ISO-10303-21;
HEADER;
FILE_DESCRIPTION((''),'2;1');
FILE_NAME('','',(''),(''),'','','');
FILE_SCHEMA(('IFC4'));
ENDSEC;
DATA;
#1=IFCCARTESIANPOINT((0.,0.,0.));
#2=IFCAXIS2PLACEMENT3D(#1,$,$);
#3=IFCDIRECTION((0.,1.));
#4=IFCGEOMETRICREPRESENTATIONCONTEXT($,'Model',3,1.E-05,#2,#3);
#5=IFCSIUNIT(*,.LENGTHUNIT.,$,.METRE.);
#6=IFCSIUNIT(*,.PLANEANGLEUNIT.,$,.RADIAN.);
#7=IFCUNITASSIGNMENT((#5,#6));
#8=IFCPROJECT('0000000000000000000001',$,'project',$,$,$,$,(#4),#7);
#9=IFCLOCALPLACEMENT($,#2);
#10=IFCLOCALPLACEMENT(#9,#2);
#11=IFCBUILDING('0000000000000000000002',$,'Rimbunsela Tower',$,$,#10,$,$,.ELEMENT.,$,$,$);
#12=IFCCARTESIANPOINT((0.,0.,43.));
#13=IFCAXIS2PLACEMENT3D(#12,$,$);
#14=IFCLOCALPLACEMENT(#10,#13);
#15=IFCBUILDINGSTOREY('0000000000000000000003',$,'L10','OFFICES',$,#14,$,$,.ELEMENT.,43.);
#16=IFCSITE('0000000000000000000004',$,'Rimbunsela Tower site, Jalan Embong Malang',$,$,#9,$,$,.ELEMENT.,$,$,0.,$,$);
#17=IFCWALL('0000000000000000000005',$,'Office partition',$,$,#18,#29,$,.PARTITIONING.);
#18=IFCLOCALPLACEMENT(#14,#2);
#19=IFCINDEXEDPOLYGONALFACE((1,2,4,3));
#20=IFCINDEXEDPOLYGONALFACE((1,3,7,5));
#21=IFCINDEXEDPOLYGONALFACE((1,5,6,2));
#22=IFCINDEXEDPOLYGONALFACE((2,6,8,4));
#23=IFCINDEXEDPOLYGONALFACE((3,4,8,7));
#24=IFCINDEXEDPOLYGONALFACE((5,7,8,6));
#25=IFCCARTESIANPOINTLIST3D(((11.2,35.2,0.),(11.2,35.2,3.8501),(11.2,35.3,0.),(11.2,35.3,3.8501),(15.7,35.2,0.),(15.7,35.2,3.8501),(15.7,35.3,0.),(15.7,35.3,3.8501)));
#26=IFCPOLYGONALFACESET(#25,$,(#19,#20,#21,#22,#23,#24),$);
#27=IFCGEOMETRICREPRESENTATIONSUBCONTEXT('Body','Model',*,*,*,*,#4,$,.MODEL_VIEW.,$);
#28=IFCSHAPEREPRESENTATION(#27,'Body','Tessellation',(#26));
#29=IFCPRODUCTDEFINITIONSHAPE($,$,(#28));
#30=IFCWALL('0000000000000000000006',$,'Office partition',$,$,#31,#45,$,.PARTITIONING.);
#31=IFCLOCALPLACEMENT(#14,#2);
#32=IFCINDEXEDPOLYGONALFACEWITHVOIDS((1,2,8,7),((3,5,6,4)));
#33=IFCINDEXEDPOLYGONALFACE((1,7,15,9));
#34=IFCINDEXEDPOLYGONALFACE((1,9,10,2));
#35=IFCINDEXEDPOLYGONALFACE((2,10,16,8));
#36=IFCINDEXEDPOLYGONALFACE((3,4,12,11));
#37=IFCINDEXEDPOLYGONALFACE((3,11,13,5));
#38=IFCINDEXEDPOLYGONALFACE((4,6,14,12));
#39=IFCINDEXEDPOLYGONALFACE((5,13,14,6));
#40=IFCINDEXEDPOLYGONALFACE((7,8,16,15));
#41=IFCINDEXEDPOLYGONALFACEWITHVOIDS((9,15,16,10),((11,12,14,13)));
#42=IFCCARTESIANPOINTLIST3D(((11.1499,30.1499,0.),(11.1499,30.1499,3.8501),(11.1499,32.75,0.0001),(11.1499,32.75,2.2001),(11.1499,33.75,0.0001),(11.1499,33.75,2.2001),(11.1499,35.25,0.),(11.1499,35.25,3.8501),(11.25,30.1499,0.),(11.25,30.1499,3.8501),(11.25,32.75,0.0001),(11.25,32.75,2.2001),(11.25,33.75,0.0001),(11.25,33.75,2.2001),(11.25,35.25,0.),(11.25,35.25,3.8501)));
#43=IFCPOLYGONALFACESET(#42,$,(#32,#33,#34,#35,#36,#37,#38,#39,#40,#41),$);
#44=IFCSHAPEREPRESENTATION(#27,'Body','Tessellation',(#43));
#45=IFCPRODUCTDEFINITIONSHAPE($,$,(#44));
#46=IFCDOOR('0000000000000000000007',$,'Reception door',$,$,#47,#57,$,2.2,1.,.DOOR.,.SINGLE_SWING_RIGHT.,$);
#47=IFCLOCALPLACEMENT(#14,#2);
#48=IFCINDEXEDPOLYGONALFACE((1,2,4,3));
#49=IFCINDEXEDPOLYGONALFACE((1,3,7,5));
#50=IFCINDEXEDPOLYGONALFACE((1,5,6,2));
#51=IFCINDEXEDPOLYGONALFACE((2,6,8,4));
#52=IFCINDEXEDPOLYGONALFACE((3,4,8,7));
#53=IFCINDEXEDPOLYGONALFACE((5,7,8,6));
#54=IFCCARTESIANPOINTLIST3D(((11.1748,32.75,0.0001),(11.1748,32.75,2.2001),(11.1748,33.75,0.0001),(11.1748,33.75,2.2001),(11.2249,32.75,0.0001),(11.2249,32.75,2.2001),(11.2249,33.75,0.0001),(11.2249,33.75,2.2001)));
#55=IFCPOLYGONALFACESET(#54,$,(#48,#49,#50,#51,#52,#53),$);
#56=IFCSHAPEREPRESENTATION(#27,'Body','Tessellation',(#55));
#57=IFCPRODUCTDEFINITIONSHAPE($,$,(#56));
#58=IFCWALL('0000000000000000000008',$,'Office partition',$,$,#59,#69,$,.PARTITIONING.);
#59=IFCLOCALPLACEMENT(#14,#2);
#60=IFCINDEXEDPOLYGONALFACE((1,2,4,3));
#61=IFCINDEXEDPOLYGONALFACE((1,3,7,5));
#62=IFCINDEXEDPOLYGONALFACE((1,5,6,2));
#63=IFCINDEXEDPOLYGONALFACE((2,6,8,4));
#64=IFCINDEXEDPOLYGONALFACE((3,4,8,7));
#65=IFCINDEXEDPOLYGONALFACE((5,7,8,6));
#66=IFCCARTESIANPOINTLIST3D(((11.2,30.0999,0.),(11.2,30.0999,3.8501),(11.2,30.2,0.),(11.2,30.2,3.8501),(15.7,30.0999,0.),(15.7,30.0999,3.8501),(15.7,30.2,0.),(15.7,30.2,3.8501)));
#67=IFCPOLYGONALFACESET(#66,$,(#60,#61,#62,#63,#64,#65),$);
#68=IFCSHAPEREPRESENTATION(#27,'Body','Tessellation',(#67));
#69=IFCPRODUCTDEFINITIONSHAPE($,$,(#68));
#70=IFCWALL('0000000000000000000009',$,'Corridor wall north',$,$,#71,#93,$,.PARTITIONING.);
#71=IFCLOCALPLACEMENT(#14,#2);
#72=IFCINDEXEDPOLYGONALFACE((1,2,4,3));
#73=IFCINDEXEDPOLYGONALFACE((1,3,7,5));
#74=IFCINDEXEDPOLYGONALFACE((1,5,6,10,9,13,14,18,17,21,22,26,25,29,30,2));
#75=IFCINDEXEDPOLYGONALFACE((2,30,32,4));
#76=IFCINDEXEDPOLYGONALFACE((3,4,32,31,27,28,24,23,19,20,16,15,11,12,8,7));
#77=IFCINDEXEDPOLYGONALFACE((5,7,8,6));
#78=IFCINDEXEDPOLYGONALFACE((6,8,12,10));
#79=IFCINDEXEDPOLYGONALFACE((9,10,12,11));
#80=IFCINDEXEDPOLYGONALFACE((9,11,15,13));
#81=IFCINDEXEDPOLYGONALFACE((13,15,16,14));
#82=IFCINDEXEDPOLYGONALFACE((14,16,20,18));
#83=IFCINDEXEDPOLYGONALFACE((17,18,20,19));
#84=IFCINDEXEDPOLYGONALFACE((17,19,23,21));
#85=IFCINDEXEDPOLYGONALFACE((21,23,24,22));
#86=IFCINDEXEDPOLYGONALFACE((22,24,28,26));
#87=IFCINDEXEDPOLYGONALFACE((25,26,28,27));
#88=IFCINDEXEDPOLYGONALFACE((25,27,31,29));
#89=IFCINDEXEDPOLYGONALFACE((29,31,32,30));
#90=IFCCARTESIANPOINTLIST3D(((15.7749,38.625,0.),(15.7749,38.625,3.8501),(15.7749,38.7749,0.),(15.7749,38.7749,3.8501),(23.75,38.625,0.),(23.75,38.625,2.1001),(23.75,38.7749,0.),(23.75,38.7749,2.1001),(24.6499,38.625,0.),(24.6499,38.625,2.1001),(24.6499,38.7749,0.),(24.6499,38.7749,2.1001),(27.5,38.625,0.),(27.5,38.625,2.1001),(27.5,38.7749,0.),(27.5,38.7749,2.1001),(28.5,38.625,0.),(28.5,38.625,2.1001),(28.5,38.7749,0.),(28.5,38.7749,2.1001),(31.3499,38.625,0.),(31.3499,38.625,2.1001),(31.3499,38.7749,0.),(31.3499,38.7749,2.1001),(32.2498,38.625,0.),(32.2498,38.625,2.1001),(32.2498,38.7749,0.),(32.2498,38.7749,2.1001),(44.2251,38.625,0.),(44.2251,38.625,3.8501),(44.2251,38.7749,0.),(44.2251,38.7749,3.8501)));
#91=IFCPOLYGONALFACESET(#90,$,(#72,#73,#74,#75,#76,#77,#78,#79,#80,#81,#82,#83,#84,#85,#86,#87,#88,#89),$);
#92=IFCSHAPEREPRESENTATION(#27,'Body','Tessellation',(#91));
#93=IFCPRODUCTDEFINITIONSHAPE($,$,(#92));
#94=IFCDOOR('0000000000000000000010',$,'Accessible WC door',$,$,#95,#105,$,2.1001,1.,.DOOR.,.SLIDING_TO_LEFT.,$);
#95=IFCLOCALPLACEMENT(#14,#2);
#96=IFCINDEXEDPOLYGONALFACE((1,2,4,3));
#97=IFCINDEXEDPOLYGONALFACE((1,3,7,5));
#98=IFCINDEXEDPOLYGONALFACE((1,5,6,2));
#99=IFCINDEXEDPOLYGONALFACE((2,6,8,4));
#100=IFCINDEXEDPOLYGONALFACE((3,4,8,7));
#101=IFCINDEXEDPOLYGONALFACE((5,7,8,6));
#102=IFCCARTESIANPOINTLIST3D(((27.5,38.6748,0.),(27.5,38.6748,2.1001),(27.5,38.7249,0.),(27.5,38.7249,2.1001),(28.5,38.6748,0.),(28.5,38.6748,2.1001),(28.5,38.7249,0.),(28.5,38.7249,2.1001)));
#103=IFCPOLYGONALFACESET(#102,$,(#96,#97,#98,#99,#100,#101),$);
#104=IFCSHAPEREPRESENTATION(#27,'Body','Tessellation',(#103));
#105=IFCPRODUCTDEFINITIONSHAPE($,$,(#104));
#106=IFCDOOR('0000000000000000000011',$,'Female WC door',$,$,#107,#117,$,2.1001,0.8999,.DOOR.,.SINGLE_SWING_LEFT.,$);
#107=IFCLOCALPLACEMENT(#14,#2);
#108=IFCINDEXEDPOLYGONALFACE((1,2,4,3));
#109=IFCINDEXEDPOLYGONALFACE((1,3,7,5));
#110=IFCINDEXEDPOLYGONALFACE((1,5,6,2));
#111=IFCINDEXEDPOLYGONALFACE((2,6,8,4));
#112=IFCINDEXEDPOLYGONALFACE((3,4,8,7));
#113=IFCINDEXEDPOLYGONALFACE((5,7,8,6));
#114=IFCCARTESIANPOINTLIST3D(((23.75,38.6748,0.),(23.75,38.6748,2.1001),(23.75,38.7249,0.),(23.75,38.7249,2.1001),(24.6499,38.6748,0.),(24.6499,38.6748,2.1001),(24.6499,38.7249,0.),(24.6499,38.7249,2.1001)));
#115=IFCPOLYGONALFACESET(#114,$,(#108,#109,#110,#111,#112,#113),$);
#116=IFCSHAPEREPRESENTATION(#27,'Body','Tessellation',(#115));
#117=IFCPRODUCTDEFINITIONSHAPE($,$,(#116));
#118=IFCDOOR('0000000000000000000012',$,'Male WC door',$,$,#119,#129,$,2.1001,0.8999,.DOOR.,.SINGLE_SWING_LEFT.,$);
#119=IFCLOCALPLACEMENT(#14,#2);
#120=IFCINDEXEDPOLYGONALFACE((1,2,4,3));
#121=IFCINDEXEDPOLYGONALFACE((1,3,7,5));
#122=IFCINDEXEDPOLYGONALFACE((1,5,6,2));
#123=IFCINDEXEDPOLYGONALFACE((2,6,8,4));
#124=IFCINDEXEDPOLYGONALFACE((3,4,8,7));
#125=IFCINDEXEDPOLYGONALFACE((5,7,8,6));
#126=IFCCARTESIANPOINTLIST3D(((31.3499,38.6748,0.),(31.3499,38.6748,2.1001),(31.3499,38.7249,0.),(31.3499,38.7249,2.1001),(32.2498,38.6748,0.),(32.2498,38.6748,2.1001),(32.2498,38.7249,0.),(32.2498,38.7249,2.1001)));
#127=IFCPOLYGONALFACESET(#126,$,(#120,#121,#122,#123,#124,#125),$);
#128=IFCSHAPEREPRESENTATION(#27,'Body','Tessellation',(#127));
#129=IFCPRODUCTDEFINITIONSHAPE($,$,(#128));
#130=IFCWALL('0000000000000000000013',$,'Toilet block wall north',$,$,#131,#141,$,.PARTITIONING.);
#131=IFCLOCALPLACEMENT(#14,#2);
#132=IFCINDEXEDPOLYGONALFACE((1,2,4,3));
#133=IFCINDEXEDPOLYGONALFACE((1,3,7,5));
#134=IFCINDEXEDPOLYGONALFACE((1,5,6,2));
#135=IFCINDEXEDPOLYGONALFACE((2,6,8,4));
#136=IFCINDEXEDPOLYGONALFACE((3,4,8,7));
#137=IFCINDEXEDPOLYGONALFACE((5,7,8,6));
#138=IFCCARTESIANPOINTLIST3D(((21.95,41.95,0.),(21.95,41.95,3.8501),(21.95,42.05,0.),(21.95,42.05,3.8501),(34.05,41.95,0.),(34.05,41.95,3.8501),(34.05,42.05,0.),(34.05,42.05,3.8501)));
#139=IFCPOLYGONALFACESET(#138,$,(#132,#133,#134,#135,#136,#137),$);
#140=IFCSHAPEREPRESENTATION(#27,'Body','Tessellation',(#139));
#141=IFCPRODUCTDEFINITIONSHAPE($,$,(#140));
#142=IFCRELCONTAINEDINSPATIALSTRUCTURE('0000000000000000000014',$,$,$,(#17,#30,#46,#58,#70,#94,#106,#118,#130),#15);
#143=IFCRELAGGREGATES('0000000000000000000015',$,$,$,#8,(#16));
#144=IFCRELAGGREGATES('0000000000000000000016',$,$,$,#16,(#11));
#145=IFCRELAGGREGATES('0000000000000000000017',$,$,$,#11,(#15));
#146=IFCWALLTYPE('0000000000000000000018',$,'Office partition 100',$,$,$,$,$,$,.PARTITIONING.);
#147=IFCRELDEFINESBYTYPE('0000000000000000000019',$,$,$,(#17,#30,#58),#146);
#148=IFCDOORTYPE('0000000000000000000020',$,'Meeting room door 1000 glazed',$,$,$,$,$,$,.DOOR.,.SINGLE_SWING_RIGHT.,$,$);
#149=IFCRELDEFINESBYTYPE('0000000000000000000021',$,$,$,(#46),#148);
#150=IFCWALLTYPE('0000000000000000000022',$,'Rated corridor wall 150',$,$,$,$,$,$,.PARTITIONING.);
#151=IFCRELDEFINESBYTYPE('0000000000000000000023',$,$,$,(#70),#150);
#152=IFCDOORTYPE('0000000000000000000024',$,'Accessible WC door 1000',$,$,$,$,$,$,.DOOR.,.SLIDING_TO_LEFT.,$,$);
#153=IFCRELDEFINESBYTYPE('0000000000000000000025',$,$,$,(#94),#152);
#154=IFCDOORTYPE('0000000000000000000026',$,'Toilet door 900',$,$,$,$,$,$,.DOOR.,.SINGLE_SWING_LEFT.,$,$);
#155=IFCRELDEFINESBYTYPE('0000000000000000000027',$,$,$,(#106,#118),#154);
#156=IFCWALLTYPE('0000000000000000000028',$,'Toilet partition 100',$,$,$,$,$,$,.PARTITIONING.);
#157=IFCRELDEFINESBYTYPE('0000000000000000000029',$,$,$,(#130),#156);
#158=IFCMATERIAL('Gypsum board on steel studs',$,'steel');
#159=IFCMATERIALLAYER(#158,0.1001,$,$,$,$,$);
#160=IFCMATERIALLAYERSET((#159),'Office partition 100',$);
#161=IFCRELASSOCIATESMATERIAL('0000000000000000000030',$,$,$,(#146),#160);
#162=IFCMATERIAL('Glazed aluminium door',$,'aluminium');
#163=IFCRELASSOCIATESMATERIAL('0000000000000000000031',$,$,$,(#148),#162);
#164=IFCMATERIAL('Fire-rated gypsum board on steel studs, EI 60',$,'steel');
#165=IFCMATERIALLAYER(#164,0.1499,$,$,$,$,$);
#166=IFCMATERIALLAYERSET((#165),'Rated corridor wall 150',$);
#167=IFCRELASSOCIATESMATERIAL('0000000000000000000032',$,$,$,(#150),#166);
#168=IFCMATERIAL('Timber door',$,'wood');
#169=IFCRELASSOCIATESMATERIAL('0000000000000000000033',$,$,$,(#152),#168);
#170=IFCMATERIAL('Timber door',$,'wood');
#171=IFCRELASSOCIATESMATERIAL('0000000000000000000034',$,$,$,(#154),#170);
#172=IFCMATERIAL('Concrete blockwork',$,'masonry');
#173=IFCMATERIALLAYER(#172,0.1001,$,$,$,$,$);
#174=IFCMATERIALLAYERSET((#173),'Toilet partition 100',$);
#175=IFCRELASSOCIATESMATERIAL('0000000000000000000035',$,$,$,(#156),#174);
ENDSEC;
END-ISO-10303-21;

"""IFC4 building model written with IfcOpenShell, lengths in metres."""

from ifc_helpers import new_model, si_unit, direction, frame, frame_2d, origin, place, context, subcontext, project, spatial, rectangle, extrude, material, layer, layer_set, type_object, element, fill, save


model = new_model("IFC4")

# Units and contexts
model_context = context("Model", 3, precision=1e-05, world=origin(), true_north=direction((0.0, 1.0)))
body_context = subcontext(model_context, "Body", "Model", "MODEL_VIEW")
ifc_project = project(units=[si_unit("LENGTHUNIT", "METRE"), si_unit("PLANEANGLEUNIT", "RADIAN")], contexts=[model_context])

# Site, building, storey
site_placement = place(None, origin())
site = spatial("IfcSite", under=ifc_project, at=site_placement, Name="Rimbunsela Tower site, Jalan Embong Malang", CompositionType="ELEMENT", RefElevation=0.0)
building_placement = place(site_placement, origin())
building = spatial("IfcBuilding", under=site, at=building_placement, Name="Rimbunsela Tower", CompositionType="ELEMENT")
storey_placement = place(building_placement, frame((0.0, 0.0, 43.0)))
storey = spatial("IfcBuildingStorey", under=building, at=storey_placement, Name="L10", Description="OFFICES", CompositionType="ELEMENT", Elevation=43.0)

# Shared definitions
ifc_material_1 = material(Name="Gypsum board on steel studs", Category="steel")
ifc_layer_1 = layer(ifc_material_1, 0.1001)
ifc_layer_set_1 = layer_set([ifc_layer_1], Name="Office partition 100")
wall_type_1 = type_object("IfcWallType", Name="Office partition 100", PredefinedType="PARTITIONING", material=ifc_layer_set_1)

# Wall
wall_1_placement = place(storey_placement, frame((15.7, 35.25, 0.0), z_axis=(0.0, 0.0, 1.0), x_axis=(-1.0, 0.0, 0.0)))
element("IfcWall", 1, at=wall_1_placement, inside=storey, type_object=wall_type_1, Name="Office partition", PredefinedType="PARTITIONING", context=body_context, shape_type="SweptSolid", body=[
    extrude(rectangle(XDim=4.5, YDim=0.1001, at=frame_2d((2.25, 0.0))), origin(), (0.0, 0.0, 1.0), 3.8501),
])

# Wall, opening, door
wall_2_placement = place(storey_placement, frame((11.2, 35.25, 0.0), z_axis=(0.0, 0.0, 1.0), x_axis=(0.0, -1.0, 0.0)))
wall_2 = element("IfcWall", 2, at=wall_2_placement, inside=storey, type_object=wall_type_1, Name="Office partition", PredefinedType="PARTITIONING", context=body_context, shape_type="SweptSolid", body=[
    extrude(rectangle(XDim=5.1001, YDim=0.1001, at=frame_2d((2.55, 0.0))), origin(), (0.0, 0.0, 1.0), 3.8501),
])
opening_1_placement = place(wall_2_placement, frame((1.5, 0.0, 0.0)))
opening_1 = element("IfcOpeningElement", 3, at=opening_1_placement, cuts=wall_2, PredefinedType="OPENING", context=body_context, shape_type="SweptSolid", body=[
    extrude(rectangle(XDim=1.0, YDim=2.2, at=frame_2d((0.5, 1.1001))), frame((0.0, 0.0601, 0.0), z_axis=(0.0, -1.0, 0.0), x_axis=(1.0, 0.0, 0.0)), (0.0, 0.0, 1.0), 0.1201),
])
ifc_material_2 = material(Name="Glazed aluminium door", Category="aluminium")
door_type_1 = type_object("IfcDoorType", Name="Meeting room door 1000 glazed", OperationType="SINGLE_SWING_RIGHT", PredefinedType="DOOR", material=ifc_material_2)
door_1_placement = place(opening_1_placement, origin())
door_1 = element("IfcDoor", 4, at=door_1_placement, inside=storey, type_object=door_type_1, Name="Reception door", OperationType="SINGLE_SWING_RIGHT", OverallHeight=2.2, OverallWidth=1.0, PredefinedType="DOOR", context=body_context, shape_type="SweptSolid", body=[
    extrude(rectangle(XDim=1.0, YDim=2.2, at=frame_2d((0.5, 1.1001))), frame((0.0, 0.0249, 0.0), z_axis=(0.0, -1.0, 0.0), x_axis=(1.0, 0.0, 0.0)), (0.0, 0.0, 1.0), 0.05),
])
fill(opening_1, door_1)

# Wall
wall_3_placement = place(storey_placement, frame((11.2, 30.1499, 0.0), z_axis=(0.0, 0.0, 1.0), x_axis=(1.0, 0.0, 0.0)))
element("IfcWall", 5, at=wall_3_placement, inside=storey, type_object=wall_type_1, Name="Office partition", PredefinedType="PARTITIONING", context=body_context, shape_type="SweptSolid", body=[
    extrude(rectangle(XDim=4.5, YDim=0.1001, at=frame_2d((2.25, 0.0))), origin(), (0.0, 0.0, 1.0), 3.8501),
])

# Wall, openings, doors
ifc_material_3 = material(Name="Fire-rated gypsum board on steel studs, EI 60", Category="steel")
ifc_layer_2 = layer(ifc_material_3, 0.1499)
ifc_layer_set_2 = layer_set([ifc_layer_2], Name="Rated corridor wall 150")
wall_type_2 = type_object("IfcWallType", Name="Rated corridor wall 150", PredefinedType="PARTITIONING", material=ifc_layer_set_2)
wall_4_placement = place(storey_placement, frame((15.7749, 38.7, 0.0), z_axis=(0.0, 0.0, 1.0), x_axis=(1.0, 0.0, 0.0)))
wall_4 = element("IfcWall", 6, at=wall_4_placement, inside=storey, type_object=wall_type_2, Name="Corridor wall north", PredefinedType="PARTITIONING", context=body_context, shape_type="SweptSolid", body=[
    extrude(rectangle(XDim=28.4502, YDim=0.1499, at=frame_2d((14.2251, 0.0))), origin(), (0.0, 0.0, 1.0), 3.8501),
])
opening_2_placement = place(wall_4_placement, frame((7.9751, 0.0, 0.0)))
opening_2 = element("IfcOpeningElement", 7, at=opening_2_placement, cuts=wall_4, PredefinedType="OPENING", context=body_context, shape_type="SweptSolid", body=[
    extrude(rectangle(XDim=0.8999, YDim=2.1001, at=frame_2d((0.45, 1.05))), frame((0.0, 0.085, 0.0), z_axis=(0.0, -1.0, 0.0), x_axis=(1.0, 0.0, 0.0)), (0.0, 0.0, 1.0), 0.1699),
])
opening_3_placement = place(wall_4_placement, frame((11.7251, 0.0, 0.0)))
opening_3 = element("IfcOpeningElement", 8, at=opening_3_placement, cuts=wall_4, PredefinedType="OPENING", context=body_context, shape_type="SweptSolid", body=[
    extrude(rectangle(XDim=1.0, YDim=2.1001, at=frame_2d((0.5, 1.05))), frame((0.0, 0.085, 0.0), z_axis=(0.0, -1.0, 0.0), x_axis=(1.0, 0.0, 0.0)), (0.0, 0.0, 1.0), 0.1699),
])
opening_4_placement = place(wall_4_placement, frame((15.575, 0.0, 0.0)))
opening_4 = element("IfcOpeningElement", 9, at=opening_4_placement, cuts=wall_4, PredefinedType="OPENING", context=body_context, shape_type="SweptSolid", body=[
    extrude(rectangle(XDim=0.8999, YDim=2.1001, at=frame_2d((0.45, 1.05))), frame((0.0, 0.085, 0.0), z_axis=(0.0, -1.0, 0.0), x_axis=(1.0, 0.0, 0.0)), (0.0, 0.0, 1.0), 0.1699),
])
ifc_material_4 = material(Name="Timber door", Category="wood")
door_type_2 = type_object("IfcDoorType", Name="Accessible WC door 1000", OperationType="SLIDING_TO_LEFT", PredefinedType="DOOR", material=ifc_material_4)
door_2_placement = place(opening_3_placement, origin())
door_2 = element("IfcDoor", 10, at=door_2_placement, inside=storey, type_object=door_type_2, Name="Accessible WC door", OperationType="SLIDING_TO_LEFT", OverallHeight=2.1001, OverallWidth=1.0, PredefinedType="DOOR", context=body_context, shape_type="SweptSolid", body=[
    extrude(rectangle(XDim=1.0, YDim=2.1001, at=frame_2d((0.5, 1.05))), frame((0.0, 0.0249, 0.0), z_axis=(0.0, -1.0, 0.0), x_axis=(1.0, 0.0, 0.0)), (0.0, 0.0, 1.0), 0.05),
])
fill(opening_3, door_2)
ifc_material_5 = material(Name="Timber door", Category="wood")
door_type_3 = type_object("IfcDoorType", Name="Toilet door 900", OperationType="SINGLE_SWING_LEFT", PredefinedType="DOOR", material=ifc_material_5)
door_3_placement = place(opening_2_placement, origin())
door_3 = element("IfcDoor", 11, at=door_3_placement, inside=storey, type_object=door_type_3, Name="Female WC door", OperationType="SINGLE_SWING_LEFT", OverallHeight=2.1001, OverallWidth=0.8999, PredefinedType="DOOR", context=body_context, shape_type="SweptSolid", body=[
    extrude(rectangle(XDim=0.8999, YDim=2.1001, at=frame_2d((0.45, 1.05))), frame((0.0, 0.0249, 0.0), z_axis=(0.0, -1.0, 0.0), x_axis=(1.0, 0.0, 0.0)), (0.0, 0.0, 1.0), 0.05),
])
fill(opening_2, door_3)
door_4_placement = place(opening_4_placement, origin())
door_4 = element("IfcDoor", 12, at=door_4_placement, inside=storey, type_object=door_type_3, Name="Male WC door", OperationType="SINGLE_SWING_LEFT", OverallHeight=2.1001, OverallWidth=0.8999, PredefinedType="DOOR", context=body_context, shape_type="SweptSolid", body=[
    extrude(rectangle(XDim=0.8999, YDim=2.1001, at=frame_2d((0.45, 1.05))), frame((0.0, 0.0249, 0.0), z_axis=(0.0, -1.0, 0.0), x_axis=(1.0, 0.0, 0.0)), (0.0, 0.0, 1.0), 0.05),
])
fill(opening_4, door_4)

# Wall
ifc_material_6 = material(Name="Concrete blockwork", Category="masonry")
ifc_layer_3 = layer(ifc_material_6, 0.1001)
ifc_layer_set_3 = layer_set([ifc_layer_3], Name="Toilet partition 100")
wall_type_3 = type_object("IfcWallType", Name="Toilet partition 100", PredefinedType="PARTITIONING", material=ifc_layer_set_3)
wall_5_placement = place(storey_placement, frame((21.95, 42.0, 0.0), z_axis=(0.0, 0.0, 1.0), x_axis=(1.0, 0.0, 0.0)))
element("IfcWall", 13, at=wall_5_placement, inside=storey, type_object=wall_type_3, Name="Toilet block wall north", PredefinedType="PARTITIONING", context=body_context, shape_type="SweptSolid", body=[
    extrude(rectangle(XDim=12.1001, YDim=0.1001, at=frame_2d((6.05, 0.0))), origin(), (0.0, 0.0, 1.0), 3.8501),
])

save(model, "model.ifc")
